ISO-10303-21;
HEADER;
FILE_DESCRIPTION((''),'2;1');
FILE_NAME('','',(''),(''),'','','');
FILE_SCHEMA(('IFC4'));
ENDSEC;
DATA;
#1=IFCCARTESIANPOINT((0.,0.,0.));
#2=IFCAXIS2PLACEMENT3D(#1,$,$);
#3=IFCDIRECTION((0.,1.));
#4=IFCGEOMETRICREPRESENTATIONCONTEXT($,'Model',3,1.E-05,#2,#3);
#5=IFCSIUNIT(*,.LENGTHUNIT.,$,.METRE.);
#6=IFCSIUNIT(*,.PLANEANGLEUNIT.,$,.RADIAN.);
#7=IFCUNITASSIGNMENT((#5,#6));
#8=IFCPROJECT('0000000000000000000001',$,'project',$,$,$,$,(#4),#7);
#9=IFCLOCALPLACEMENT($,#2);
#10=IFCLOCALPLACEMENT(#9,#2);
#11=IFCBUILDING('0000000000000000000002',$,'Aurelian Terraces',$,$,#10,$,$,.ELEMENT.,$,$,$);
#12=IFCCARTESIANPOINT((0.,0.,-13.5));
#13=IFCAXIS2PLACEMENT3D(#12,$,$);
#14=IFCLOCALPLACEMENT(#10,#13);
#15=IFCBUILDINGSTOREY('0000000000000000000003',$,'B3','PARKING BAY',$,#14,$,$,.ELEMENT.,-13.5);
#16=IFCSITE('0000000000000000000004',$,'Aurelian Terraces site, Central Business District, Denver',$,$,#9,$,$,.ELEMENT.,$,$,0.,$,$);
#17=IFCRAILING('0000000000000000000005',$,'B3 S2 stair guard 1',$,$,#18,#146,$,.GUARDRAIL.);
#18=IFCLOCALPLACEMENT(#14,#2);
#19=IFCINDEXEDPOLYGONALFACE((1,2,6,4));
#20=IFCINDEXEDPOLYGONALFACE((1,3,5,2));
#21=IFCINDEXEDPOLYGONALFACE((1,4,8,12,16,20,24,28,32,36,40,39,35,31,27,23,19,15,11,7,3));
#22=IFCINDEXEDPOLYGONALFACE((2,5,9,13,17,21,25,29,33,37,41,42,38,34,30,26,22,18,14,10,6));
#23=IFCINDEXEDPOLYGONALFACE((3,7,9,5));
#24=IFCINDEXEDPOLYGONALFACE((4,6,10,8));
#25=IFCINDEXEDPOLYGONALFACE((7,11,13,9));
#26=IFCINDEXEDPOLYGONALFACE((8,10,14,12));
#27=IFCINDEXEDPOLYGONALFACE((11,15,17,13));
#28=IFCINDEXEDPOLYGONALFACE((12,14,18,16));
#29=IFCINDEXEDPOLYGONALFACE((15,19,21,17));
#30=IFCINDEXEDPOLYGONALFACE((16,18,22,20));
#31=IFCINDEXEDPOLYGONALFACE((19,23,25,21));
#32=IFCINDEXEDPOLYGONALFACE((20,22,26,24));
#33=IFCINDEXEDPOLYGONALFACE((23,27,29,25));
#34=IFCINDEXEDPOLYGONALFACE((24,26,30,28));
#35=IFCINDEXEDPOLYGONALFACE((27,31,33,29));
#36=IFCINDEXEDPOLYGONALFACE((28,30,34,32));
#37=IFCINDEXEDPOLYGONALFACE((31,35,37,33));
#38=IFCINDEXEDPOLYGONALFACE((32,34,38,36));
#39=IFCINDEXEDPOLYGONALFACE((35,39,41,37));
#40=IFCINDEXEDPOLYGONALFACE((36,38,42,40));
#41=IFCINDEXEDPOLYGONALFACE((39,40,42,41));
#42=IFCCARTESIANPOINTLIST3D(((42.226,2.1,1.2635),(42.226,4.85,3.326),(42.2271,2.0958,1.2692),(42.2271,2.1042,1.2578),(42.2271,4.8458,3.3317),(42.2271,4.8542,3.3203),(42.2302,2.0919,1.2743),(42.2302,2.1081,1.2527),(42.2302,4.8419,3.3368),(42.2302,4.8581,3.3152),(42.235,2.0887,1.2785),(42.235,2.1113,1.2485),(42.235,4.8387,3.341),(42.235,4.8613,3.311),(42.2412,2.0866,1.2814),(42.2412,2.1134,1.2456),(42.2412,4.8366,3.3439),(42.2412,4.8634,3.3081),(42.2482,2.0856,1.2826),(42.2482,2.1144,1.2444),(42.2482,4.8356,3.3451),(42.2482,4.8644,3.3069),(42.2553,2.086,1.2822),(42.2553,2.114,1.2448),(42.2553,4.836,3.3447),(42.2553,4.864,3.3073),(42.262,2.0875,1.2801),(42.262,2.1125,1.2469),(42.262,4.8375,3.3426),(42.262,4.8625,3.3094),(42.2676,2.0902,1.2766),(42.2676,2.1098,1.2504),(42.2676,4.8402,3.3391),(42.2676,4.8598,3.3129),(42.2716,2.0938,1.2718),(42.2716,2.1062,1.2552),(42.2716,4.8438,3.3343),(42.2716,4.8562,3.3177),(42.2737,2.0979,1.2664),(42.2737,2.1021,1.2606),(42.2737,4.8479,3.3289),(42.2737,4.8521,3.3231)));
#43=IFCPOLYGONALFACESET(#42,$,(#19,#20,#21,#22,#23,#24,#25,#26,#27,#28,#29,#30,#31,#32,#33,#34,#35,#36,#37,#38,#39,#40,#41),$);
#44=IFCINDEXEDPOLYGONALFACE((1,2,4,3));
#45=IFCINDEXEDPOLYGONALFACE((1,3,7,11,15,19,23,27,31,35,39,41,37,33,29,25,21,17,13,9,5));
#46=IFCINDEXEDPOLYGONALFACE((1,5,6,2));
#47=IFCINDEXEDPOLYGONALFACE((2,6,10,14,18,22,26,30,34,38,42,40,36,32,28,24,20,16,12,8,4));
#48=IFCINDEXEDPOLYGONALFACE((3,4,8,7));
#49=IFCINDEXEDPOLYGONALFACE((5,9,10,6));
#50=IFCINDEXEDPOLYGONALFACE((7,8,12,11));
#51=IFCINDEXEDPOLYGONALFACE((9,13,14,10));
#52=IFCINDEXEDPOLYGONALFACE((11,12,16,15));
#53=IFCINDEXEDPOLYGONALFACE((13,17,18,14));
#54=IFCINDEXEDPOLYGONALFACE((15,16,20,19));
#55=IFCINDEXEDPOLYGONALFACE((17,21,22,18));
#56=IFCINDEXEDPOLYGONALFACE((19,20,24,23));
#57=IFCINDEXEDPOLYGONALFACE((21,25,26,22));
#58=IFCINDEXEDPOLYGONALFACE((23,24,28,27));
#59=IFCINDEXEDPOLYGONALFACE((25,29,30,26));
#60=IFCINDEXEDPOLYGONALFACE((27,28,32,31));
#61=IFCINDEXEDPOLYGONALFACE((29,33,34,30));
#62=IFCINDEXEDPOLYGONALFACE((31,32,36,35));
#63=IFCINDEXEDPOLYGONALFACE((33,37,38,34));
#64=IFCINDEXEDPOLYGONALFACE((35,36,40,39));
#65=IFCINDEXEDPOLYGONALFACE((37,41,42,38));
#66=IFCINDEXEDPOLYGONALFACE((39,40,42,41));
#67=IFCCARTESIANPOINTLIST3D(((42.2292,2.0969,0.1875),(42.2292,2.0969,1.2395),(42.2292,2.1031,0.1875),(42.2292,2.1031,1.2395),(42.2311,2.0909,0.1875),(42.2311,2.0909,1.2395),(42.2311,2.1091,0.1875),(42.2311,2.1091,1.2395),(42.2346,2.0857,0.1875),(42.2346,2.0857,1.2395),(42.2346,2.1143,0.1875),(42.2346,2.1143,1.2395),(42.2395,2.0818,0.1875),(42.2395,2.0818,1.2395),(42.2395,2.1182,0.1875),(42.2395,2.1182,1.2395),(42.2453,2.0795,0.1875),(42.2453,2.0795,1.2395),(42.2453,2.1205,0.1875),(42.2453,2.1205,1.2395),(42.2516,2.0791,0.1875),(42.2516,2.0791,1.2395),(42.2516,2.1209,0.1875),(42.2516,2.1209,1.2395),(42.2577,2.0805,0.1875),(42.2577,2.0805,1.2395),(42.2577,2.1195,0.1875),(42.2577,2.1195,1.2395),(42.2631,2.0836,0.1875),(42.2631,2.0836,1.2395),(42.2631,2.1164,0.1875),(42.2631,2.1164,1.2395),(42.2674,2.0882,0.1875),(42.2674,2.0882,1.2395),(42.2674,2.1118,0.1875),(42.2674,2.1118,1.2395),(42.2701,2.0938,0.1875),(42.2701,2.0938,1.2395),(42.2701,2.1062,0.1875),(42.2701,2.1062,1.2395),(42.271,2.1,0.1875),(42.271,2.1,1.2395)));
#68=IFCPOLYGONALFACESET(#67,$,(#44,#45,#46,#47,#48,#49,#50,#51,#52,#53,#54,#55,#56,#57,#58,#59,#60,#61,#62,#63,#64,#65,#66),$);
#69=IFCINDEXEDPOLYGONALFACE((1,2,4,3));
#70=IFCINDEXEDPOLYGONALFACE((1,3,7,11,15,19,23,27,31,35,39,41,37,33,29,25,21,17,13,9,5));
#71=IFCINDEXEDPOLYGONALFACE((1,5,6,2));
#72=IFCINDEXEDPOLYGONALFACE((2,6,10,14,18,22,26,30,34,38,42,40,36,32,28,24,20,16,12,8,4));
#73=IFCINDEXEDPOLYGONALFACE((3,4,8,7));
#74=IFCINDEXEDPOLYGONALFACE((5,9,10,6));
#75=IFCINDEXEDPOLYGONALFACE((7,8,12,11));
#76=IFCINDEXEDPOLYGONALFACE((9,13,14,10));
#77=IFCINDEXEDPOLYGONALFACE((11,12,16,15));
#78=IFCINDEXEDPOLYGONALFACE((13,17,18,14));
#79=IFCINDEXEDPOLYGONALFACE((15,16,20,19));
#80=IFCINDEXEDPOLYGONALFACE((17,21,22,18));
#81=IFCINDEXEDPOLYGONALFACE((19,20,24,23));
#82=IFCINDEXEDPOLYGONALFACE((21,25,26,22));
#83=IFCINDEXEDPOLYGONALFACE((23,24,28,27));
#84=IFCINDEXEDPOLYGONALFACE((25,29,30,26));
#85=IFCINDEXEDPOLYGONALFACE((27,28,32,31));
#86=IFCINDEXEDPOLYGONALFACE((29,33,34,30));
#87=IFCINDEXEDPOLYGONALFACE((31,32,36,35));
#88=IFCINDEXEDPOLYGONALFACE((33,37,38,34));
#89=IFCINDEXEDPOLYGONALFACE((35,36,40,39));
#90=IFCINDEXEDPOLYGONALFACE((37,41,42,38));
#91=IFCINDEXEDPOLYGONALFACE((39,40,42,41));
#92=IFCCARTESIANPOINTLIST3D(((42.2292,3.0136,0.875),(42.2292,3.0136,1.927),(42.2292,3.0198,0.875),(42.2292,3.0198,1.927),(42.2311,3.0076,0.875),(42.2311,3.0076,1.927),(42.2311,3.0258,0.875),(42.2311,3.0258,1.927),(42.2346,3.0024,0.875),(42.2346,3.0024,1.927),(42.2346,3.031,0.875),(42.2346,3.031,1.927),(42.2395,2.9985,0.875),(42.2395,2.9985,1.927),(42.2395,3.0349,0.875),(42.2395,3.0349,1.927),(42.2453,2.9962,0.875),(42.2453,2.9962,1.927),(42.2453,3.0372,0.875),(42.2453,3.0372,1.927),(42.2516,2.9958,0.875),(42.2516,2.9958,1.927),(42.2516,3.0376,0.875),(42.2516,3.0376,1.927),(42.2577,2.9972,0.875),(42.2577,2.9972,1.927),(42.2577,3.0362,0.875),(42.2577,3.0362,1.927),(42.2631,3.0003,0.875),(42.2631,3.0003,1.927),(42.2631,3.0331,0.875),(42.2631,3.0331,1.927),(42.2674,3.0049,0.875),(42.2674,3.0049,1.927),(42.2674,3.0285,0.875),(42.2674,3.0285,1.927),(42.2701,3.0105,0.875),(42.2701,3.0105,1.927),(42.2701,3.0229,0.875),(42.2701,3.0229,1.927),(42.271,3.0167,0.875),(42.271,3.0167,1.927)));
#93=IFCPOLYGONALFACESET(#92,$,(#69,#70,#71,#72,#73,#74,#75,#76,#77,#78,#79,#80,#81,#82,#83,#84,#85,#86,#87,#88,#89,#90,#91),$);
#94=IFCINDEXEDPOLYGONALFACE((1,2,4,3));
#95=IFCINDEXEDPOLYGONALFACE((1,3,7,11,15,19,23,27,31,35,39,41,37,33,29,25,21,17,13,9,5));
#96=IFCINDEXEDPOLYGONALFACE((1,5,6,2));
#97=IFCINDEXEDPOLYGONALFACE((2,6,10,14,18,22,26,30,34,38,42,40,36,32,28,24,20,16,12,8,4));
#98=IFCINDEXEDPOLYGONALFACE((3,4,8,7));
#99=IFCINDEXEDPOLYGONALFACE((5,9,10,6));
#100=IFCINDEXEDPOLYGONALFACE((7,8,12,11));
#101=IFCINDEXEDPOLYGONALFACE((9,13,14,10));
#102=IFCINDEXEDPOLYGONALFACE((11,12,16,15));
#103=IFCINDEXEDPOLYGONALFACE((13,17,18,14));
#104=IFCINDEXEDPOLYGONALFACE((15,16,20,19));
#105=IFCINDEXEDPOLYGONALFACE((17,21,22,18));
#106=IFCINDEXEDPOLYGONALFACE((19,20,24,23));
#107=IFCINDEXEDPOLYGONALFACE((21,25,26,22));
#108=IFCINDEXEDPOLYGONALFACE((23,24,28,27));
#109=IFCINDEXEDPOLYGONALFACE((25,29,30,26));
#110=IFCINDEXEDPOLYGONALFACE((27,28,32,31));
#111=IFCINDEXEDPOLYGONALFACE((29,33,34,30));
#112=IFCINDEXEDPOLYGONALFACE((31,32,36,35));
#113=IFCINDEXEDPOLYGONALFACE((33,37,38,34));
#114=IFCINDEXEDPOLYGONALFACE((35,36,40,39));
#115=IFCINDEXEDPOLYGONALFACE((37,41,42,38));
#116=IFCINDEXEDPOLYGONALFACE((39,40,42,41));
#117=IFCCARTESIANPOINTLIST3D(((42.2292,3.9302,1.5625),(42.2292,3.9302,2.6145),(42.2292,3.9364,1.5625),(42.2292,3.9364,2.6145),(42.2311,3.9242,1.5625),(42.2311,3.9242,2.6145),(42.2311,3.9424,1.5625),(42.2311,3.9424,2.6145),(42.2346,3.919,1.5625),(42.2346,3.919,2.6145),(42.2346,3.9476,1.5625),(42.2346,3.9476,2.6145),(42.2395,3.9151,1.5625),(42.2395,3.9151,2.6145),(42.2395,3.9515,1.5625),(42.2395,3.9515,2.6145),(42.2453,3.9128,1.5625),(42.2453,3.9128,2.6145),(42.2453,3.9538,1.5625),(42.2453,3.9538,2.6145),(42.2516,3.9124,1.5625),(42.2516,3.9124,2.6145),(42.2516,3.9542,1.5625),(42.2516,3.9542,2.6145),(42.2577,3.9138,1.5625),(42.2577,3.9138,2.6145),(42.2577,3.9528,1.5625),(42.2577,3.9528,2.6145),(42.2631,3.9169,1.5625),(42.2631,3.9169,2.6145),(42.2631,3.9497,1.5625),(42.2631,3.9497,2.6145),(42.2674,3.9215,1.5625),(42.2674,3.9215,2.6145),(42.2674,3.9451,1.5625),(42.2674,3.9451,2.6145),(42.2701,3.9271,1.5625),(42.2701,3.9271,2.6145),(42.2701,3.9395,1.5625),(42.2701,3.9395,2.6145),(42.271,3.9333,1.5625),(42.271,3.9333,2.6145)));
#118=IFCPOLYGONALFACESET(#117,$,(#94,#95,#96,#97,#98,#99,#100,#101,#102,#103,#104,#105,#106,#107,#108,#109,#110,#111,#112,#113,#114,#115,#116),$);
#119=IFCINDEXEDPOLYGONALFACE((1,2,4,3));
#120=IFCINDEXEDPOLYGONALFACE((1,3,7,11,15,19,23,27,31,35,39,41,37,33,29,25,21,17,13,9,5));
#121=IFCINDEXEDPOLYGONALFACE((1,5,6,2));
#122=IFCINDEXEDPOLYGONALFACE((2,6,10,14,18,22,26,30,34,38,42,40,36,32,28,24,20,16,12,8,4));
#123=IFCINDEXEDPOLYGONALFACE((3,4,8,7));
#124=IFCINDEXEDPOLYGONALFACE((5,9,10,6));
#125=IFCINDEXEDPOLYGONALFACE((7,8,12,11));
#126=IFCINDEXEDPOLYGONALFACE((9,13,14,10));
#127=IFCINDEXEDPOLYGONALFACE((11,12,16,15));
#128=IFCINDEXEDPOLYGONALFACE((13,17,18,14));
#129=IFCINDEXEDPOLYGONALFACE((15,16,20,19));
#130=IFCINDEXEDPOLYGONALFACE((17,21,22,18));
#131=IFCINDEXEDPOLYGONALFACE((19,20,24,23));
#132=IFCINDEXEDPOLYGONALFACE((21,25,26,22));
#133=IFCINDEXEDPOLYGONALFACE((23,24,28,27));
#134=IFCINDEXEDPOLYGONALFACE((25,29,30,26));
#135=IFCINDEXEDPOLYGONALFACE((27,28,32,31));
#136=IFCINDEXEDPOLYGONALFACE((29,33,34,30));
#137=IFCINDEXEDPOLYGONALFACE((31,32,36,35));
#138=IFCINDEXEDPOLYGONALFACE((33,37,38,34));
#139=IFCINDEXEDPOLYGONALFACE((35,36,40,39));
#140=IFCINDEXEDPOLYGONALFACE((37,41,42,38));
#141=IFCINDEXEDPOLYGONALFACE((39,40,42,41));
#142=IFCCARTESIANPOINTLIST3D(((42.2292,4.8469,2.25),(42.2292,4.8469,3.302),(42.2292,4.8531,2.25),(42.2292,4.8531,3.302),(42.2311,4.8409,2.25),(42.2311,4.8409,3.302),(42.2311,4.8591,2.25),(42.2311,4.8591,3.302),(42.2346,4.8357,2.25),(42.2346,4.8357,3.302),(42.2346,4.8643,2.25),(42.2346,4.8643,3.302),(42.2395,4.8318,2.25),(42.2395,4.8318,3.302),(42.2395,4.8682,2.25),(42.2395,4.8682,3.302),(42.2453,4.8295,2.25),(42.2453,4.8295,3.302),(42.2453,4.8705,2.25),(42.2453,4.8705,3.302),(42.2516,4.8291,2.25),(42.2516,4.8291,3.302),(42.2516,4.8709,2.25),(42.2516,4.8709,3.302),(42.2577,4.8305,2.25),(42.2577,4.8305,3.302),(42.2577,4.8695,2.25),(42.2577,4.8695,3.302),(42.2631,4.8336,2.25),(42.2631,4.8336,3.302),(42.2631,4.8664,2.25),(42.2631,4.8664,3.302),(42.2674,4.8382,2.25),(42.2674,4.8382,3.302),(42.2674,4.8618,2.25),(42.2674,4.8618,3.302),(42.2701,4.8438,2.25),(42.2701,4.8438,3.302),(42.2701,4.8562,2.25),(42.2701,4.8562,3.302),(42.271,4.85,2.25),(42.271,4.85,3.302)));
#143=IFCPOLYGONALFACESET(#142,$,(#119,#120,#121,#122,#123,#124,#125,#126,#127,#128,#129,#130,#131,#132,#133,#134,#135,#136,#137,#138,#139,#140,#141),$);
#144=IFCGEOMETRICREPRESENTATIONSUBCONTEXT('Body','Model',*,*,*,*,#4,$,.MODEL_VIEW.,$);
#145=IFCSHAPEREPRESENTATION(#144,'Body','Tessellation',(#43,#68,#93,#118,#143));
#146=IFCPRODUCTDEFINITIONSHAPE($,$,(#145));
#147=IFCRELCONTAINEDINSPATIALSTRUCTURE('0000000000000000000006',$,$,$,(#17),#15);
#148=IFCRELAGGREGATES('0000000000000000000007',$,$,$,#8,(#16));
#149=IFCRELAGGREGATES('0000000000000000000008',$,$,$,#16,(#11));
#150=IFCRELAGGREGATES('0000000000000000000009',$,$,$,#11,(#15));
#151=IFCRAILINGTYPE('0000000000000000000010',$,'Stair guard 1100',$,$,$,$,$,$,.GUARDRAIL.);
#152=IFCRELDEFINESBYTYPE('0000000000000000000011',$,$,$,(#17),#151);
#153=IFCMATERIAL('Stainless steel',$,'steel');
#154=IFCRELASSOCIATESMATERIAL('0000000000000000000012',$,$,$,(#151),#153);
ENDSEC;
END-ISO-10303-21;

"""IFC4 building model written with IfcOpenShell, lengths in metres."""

from ifc_helpers import new_model, si_unit, direction, frame, origin, origin_2d, place, context, subcontext, project, spatial, circle, extrude, source, transform, mapped, material, type_object, element, save


model = new_model("IFC4")

# Units and contexts
model_context = context("Model", 3, precision=1e-05, world=origin(), true_north=direction((0.0, 1.0)))
body_context = subcontext(model_context, "Body", "Model", "MODEL_VIEW")
ifc_project = project(units=[si_unit("LENGTHUNIT", "METRE"), si_unit("PLANEANGLEUNIT", "RADIAN")], contexts=[model_context])

# Site, building, storey
site_placement = place(None, origin())
site = spatial("IfcSite", under=ifc_project, at=site_placement, Name="Aurelian Terraces site, Central Business District, Denver", CompositionType="ELEMENT", RefElevation=0.0)
building_placement = place(site_placement, origin())
building = spatial("IfcBuilding", under=site, at=building_placement, Name="Aurelian Terraces", CompositionType="ELEMENT")
storey_placement = place(building_placement, frame((0.0, 0.0, -13.5)))
storey = spatial("IfcBuildingStorey", under=building, at=storey_placement, Name="B3", Description="PARKING BAY", CompositionType="ELEMENT", Elevation=-13.5)

# Railing
ifc_material_1 = material(Name="Stainless steel", Category="steel")
railing_type_1 = type_object("IfcRailingType", Name="Stair guard 1100", PredefinedType="GUARDRAIL", material=ifc_material_1)
shared_shape_1 = source(origin(), body_context, "Body", "SweptSolid", [
    extrude(circle(Radius=0.024, at=origin_2d()), frame((0.0, 0.0, 1.076), z_axis=(0.0, 0.8, 0.6), x_axis=(-1.0, 0.0, 0.0)), (0.0, 0.0, 1.0), 3.4375),
    extrude(circle(Radius=0.021, at=origin_2d()), origin(), (0.0, 0.0, 1.0), 1.052),
    extrude(circle(Radius=0.021, at=origin_2d()), frame((0.0, 0.9167, 0.6875)), (0.0, 0.0, 1.0), 1.052),
    extrude(circle(Radius=0.021, at=origin_2d()), frame((0.0, 1.8333, 1.375)), (0.0, 0.0, 1.0), 1.052),
    extrude(circle(Radius=0.021, at=origin_2d()), frame((0.0, 2.75, 2.0625)), (0.0, 0.0, 1.0), 1.052),
])
railing_1_placement = place(storey_placement, frame((42.25, 2.1, 0.1875)))
element("IfcRailing", 1, at=railing_1_placement, inside=storey, type_object=railing_type_1, Name="B3 S2 stair guard 1", PredefinedType="GUARDRAIL", context=body_context, shape_type="MappedRepresentation", body=[
    mapped(shared_shape_1, transform((0.0, 0.0, 0.0), scale=1.0)),
])

save(model, "model.ifc")
